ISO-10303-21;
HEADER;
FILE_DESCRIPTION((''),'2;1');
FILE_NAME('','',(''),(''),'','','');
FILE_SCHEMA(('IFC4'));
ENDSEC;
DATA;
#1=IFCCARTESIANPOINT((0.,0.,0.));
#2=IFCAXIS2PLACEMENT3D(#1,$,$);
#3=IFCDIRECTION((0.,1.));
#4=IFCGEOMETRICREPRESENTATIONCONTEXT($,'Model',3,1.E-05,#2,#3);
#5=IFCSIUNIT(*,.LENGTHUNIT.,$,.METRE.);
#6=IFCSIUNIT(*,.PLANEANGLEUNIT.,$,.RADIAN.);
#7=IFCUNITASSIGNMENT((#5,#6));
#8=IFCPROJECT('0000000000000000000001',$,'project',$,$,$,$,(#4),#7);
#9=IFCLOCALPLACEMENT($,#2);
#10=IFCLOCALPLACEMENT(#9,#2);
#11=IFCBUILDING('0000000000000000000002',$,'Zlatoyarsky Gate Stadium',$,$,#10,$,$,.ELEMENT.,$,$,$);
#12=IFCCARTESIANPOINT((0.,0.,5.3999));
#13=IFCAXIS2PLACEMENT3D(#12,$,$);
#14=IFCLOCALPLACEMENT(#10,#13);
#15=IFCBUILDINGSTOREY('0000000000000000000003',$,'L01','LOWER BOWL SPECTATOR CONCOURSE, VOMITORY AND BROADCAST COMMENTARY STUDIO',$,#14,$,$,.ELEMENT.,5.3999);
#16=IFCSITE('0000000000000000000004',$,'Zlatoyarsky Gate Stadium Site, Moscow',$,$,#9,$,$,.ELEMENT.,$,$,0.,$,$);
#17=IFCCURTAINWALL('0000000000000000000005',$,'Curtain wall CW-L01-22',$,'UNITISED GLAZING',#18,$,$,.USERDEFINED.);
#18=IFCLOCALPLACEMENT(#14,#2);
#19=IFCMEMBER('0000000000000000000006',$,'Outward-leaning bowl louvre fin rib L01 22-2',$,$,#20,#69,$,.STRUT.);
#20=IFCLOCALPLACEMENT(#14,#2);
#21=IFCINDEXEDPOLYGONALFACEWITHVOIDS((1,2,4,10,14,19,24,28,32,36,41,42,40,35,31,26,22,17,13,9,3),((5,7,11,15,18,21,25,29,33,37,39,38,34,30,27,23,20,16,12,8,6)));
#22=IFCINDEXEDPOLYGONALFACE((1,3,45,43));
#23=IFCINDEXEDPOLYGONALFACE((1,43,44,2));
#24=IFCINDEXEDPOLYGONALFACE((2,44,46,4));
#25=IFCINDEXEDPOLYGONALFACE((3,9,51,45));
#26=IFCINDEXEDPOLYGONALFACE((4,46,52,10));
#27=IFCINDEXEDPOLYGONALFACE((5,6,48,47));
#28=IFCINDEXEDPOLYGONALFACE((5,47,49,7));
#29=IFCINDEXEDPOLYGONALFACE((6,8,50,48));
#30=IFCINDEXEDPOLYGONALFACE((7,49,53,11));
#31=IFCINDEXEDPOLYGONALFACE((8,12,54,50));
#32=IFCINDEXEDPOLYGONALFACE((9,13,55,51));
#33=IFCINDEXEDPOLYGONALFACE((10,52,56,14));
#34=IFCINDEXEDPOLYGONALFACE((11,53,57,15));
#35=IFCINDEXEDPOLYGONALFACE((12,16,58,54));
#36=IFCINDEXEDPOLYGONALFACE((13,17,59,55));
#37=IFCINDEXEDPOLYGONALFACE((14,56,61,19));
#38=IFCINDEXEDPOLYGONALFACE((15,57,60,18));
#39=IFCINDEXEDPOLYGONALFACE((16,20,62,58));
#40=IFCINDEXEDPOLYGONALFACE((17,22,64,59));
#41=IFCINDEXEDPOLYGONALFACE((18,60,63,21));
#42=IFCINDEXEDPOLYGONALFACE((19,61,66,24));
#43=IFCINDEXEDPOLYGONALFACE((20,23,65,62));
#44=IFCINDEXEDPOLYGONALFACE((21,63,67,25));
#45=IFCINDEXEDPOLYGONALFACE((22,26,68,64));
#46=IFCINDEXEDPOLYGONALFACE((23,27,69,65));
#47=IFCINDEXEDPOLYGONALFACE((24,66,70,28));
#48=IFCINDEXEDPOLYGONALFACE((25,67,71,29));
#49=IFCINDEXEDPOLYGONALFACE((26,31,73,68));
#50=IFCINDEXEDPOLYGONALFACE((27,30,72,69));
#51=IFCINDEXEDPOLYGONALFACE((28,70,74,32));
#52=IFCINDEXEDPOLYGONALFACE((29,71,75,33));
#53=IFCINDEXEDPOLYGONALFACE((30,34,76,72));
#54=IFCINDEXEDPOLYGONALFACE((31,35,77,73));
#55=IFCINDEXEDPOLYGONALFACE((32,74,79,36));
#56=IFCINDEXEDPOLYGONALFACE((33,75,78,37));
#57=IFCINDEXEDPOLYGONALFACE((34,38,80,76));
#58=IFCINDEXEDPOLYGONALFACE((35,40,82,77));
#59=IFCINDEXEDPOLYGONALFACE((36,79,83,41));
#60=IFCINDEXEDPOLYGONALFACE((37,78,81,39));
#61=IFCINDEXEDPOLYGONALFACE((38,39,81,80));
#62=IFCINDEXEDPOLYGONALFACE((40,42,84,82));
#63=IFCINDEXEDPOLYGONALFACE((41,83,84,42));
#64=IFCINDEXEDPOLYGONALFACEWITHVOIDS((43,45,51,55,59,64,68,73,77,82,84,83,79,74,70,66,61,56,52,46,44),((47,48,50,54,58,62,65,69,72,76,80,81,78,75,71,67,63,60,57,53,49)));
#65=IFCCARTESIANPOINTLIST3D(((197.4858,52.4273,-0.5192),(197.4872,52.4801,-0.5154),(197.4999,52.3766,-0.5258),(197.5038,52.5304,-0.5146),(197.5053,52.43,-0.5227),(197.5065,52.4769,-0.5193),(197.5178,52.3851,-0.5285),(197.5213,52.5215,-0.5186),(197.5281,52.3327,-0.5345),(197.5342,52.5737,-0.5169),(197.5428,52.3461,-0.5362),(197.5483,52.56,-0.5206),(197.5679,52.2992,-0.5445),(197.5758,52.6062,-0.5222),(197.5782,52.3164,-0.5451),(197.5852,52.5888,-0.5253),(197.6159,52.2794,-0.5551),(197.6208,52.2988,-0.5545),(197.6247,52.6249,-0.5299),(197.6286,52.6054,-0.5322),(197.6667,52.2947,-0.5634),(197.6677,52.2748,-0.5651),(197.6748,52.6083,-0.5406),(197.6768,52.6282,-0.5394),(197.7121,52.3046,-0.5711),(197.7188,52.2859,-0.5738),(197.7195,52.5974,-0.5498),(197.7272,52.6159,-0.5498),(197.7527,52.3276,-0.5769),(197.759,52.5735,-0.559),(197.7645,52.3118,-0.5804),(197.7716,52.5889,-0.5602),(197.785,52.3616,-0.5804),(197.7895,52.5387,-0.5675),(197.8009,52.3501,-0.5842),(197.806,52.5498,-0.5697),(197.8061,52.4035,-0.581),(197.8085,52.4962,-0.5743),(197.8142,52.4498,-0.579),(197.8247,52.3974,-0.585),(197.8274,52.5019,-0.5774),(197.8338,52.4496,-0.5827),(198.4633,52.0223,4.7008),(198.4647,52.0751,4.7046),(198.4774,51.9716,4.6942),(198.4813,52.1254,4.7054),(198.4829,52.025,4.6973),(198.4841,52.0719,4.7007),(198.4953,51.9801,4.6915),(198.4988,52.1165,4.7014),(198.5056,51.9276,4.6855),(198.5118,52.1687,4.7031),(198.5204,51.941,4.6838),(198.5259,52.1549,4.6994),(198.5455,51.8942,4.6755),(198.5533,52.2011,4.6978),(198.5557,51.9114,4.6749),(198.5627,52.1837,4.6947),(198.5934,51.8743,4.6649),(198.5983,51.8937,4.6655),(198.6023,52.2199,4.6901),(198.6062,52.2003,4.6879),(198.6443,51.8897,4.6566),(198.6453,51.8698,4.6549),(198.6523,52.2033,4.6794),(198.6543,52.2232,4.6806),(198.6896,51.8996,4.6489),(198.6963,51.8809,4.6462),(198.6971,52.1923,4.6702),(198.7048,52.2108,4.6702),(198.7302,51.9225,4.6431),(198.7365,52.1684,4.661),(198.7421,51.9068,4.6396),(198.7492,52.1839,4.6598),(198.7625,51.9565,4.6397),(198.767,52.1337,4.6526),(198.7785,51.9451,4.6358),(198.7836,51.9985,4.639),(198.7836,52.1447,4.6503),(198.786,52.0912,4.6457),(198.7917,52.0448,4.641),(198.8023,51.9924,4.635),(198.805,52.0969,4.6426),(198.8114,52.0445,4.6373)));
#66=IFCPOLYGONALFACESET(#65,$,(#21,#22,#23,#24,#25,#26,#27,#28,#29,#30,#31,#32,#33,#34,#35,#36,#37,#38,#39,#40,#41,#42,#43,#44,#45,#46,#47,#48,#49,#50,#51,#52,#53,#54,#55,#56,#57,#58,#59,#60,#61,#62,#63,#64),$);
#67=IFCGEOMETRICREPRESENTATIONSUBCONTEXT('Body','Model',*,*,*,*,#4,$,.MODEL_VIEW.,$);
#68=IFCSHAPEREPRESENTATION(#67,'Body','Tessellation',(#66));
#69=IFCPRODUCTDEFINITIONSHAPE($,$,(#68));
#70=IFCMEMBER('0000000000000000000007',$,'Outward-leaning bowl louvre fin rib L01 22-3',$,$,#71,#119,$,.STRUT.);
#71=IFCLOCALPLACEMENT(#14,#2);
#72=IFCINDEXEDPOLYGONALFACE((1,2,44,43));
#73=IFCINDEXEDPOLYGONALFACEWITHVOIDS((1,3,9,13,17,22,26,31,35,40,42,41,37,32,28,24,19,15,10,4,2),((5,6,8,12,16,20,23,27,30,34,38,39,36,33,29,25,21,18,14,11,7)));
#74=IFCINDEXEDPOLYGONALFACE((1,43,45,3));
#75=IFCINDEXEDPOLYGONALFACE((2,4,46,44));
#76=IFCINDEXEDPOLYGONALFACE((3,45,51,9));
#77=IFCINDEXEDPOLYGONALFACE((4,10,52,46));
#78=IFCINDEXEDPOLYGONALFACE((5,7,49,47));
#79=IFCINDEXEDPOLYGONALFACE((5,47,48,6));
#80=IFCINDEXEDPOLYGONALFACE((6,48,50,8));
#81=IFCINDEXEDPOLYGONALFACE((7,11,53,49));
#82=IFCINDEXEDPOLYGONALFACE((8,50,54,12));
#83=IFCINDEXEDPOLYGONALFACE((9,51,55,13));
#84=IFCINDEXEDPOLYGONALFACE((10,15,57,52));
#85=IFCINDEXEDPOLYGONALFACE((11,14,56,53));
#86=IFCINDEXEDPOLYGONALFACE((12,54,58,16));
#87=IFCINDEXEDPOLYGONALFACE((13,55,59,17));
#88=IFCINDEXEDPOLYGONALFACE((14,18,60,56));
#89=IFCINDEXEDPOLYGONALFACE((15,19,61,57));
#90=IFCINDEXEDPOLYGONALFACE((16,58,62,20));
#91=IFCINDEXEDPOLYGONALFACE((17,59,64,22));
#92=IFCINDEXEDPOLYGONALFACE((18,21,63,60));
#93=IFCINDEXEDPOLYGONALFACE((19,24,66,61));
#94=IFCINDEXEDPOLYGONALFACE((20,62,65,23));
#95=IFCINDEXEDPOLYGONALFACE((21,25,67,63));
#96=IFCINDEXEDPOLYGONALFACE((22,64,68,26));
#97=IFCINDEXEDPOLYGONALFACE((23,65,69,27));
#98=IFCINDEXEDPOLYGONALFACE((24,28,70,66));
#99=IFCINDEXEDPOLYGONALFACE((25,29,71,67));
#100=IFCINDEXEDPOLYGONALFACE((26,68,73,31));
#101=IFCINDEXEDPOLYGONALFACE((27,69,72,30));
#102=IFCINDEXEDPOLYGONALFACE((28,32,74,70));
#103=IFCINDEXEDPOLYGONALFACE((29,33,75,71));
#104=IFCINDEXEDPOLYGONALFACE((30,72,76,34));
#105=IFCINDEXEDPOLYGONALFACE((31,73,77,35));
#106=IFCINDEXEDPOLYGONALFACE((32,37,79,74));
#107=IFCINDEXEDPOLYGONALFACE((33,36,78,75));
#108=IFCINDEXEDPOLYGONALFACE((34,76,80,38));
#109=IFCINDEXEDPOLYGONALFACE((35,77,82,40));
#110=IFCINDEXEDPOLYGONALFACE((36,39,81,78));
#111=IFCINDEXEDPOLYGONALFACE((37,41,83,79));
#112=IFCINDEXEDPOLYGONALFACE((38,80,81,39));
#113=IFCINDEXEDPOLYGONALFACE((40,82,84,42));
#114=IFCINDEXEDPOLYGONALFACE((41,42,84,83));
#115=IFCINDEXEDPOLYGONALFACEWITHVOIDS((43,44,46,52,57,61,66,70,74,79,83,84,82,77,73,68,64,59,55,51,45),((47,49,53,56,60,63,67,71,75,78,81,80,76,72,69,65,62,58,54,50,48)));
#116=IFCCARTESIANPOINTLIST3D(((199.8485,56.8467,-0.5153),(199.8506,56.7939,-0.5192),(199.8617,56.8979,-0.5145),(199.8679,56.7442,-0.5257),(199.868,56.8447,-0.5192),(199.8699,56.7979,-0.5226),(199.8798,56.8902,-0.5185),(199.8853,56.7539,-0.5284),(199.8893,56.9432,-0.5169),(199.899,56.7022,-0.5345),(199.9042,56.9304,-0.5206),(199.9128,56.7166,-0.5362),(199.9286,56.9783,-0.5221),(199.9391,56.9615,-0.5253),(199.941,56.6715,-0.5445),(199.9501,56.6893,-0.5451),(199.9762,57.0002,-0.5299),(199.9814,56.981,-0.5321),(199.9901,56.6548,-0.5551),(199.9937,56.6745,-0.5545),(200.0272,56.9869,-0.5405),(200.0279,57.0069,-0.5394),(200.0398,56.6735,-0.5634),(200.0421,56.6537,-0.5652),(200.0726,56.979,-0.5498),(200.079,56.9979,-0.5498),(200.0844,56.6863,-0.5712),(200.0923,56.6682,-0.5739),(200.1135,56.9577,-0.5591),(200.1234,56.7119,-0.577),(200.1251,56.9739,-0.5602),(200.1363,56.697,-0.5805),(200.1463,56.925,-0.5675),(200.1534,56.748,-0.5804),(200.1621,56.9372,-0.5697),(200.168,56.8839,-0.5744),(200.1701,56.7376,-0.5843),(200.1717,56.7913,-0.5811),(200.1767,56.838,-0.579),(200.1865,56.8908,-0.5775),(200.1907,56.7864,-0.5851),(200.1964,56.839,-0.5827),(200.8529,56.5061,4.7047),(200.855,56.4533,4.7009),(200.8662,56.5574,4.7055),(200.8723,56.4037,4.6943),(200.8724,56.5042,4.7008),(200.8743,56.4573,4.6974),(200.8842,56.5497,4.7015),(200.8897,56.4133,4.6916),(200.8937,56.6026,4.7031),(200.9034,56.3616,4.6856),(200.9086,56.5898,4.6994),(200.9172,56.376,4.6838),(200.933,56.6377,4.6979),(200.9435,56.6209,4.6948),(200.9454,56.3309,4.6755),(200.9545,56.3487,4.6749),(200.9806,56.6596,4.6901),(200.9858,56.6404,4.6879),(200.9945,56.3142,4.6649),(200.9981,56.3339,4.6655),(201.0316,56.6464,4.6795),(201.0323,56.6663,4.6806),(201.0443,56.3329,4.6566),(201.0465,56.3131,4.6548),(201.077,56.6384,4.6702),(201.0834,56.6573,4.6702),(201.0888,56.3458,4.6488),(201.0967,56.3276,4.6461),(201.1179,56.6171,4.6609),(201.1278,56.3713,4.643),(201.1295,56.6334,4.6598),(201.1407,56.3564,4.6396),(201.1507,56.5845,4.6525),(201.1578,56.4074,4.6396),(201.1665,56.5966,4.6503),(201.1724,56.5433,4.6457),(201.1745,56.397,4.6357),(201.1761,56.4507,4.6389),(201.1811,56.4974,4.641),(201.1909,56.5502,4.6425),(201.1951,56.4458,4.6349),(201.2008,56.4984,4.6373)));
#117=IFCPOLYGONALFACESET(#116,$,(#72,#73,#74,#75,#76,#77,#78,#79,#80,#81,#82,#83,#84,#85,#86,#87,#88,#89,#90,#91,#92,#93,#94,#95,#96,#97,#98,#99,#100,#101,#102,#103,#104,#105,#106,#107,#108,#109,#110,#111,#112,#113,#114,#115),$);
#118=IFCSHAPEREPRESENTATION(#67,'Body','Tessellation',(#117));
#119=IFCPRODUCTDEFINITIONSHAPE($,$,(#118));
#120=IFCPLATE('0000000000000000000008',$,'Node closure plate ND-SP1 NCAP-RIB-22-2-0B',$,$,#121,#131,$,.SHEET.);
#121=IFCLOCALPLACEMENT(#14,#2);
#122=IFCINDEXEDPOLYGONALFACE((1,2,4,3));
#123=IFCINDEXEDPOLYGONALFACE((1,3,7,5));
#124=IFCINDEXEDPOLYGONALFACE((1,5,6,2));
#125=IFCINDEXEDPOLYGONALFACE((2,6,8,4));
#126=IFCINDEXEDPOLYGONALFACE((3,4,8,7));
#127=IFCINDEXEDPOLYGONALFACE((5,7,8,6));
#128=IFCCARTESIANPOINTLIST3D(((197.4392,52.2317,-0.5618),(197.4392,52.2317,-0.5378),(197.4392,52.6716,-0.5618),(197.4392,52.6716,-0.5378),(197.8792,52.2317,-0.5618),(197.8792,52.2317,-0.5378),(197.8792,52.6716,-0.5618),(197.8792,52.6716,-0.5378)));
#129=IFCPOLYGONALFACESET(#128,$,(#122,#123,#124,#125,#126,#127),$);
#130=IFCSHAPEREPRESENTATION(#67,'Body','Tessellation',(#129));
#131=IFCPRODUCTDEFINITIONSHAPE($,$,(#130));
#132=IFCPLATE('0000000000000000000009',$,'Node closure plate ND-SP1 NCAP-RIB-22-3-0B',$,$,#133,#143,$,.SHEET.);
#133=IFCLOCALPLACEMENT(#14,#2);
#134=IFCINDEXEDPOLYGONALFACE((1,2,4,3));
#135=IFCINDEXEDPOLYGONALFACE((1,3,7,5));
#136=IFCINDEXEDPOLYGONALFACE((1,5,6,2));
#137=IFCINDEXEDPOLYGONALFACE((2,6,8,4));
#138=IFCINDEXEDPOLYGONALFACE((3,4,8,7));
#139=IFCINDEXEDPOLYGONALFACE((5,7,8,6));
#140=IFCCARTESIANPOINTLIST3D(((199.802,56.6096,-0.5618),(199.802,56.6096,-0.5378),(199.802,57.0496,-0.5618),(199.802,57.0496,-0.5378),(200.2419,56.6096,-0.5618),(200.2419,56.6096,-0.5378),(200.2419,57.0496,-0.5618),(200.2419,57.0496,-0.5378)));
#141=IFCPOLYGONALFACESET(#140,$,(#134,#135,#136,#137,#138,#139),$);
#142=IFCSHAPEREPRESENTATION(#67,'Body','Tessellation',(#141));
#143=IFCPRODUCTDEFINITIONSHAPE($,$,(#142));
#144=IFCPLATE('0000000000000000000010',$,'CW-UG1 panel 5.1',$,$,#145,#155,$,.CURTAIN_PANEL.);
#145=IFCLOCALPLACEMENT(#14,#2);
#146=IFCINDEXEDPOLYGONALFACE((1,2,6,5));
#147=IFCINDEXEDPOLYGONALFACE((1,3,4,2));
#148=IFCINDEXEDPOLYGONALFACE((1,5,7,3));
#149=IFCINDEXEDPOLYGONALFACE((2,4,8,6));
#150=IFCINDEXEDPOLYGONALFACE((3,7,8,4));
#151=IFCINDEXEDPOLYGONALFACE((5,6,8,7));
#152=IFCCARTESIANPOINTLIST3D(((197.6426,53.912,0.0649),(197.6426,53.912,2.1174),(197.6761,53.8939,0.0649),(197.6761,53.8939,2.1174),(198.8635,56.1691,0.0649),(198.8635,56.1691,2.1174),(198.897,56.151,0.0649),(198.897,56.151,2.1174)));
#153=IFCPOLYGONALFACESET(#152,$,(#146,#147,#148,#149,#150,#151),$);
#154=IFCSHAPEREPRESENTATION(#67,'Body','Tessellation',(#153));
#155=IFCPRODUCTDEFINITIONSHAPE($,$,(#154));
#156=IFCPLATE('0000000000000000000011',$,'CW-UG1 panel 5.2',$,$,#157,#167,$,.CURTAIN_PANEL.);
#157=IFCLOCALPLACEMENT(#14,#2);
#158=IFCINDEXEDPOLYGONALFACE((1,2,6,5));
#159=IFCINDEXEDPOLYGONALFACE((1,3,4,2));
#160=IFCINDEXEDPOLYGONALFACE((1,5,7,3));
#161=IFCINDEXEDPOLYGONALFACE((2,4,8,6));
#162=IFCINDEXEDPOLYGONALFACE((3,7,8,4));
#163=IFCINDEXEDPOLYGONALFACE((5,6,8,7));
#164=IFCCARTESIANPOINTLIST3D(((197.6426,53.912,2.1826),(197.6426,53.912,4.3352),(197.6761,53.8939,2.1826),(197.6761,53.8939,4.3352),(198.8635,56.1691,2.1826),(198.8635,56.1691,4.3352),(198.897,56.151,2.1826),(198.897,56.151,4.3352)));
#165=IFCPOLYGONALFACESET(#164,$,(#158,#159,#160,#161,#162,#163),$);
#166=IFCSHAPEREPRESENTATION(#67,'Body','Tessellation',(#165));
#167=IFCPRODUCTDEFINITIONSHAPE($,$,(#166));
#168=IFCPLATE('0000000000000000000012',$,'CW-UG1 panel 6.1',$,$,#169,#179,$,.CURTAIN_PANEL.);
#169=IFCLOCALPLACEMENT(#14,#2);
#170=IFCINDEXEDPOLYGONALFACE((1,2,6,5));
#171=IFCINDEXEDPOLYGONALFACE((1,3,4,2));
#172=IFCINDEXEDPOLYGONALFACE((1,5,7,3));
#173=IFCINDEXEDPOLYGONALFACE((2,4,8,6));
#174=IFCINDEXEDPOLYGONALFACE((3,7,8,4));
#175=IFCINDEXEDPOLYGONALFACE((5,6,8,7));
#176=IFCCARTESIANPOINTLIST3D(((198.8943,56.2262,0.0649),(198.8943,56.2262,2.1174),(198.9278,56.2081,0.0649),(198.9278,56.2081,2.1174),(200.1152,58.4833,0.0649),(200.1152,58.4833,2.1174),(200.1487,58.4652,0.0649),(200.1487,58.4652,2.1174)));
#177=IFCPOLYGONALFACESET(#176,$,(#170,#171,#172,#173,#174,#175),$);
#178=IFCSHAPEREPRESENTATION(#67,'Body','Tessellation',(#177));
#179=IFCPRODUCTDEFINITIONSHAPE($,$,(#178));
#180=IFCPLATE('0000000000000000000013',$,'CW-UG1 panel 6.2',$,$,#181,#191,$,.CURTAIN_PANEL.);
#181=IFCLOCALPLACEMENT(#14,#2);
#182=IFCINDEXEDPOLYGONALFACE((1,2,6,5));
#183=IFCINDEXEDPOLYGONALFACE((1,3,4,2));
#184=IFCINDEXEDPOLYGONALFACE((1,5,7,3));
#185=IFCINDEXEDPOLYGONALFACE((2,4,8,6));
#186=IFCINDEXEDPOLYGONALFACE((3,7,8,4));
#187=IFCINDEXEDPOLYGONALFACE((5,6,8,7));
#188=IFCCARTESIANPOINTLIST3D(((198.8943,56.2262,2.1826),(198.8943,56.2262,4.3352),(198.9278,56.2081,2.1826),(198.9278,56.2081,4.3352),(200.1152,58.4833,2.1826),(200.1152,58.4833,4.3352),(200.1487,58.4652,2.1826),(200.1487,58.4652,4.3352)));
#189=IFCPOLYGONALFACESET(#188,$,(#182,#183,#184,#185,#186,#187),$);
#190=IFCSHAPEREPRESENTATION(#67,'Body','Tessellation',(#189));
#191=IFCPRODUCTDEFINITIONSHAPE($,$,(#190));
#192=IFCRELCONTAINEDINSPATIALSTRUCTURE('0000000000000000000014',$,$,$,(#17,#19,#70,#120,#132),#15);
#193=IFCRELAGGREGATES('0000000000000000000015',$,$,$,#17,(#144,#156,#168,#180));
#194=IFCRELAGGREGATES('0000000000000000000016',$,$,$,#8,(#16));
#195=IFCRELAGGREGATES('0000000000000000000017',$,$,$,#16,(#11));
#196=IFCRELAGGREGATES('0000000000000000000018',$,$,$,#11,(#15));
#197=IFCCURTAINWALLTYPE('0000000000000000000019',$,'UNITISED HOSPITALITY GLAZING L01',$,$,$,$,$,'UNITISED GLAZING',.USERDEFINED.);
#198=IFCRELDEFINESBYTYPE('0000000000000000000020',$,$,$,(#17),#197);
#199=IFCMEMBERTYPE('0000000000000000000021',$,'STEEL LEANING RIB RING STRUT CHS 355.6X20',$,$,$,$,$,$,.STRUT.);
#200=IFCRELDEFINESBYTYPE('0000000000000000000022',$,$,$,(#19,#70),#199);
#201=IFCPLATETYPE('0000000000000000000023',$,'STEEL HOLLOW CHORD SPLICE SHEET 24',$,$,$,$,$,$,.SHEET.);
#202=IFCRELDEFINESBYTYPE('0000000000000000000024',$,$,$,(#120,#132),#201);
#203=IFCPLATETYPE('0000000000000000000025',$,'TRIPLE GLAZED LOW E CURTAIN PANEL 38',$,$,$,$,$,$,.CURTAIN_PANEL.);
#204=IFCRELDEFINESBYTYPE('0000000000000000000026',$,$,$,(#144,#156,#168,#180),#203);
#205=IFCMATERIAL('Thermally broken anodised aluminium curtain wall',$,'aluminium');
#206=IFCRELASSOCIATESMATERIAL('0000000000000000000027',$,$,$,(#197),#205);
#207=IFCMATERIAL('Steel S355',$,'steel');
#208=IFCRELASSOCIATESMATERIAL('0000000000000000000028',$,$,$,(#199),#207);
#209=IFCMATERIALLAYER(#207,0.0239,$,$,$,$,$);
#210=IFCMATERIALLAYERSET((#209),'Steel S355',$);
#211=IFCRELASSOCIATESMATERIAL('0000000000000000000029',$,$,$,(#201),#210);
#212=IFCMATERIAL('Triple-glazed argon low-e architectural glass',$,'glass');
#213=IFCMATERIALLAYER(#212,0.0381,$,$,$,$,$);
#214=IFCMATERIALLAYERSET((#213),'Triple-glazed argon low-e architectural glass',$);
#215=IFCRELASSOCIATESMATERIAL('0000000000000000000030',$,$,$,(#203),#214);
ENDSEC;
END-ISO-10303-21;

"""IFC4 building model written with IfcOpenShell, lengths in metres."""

from ifc_helpers import new_model, si_unit, direction, frame, origin, origin_2d, place, context, subcontext, project, spatial, rectangle, hollow_circle, extrude, material, layer, layer_set, material_profile, profile_set, type_object, element, aggregate, save


model = new_model("IFC4")

# Units and contexts
model_context = context("Model", 3, precision=1e-05, world=origin(), true_north=direction((0.0, 1.0)))
body_context = subcontext(model_context, "Body", "Model", "MODEL_VIEW")
ifc_project = project(units=[si_unit("LENGTHUNIT", "METRE"), si_unit("PLANEANGLEUNIT", "RADIAN")], contexts=[model_context])

# Site, building, storey
site_placement = place(None, origin())
site = spatial("IfcSite", under=ifc_project, at=site_placement, Name="Zlatoyarsky Gate Stadium Site, Moscow", CompositionType="ELEMENT", RefElevation=0.0)
building_placement = place(site_placement, origin())
building = spatial("IfcBuilding", under=site, at=building_placement, Name="Zlatoyarsky Gate Stadium", CompositionType="ELEMENT")
storey_placement = place(building_placement, frame((0.0, 0.0, 5.3999)))
storey = spatial("IfcBuildingStorey", under=building, at=storey_placement, Name="L01", Description="LOWER BOWL SPECTATOR CONCOURSE, VOMITORY AND BROADCAST COMMENTARY STUDIO", CompositionType="ELEMENT", Elevation=5.3999)

# Curtain wall
ifc_material_1 = material(Name="Thermally broken anodised aluminium curtain wall", Category="aluminium")
curtain_wall_type = type_object("IfcCurtainWallType", Name="UNITISED HOSPITALITY GLAZING L01", ElementType="UNITISED GLAZING", PredefinedType="USERDEFINED", material=ifc_material_1)
curtain_wall_placement = place(storey_placement, origin())
curtain_wall = element("IfcCurtainWall", 1, at=curtain_wall_placement, inside=storey, type_object=curtain_wall_type, Name="Curtain wall CW-L01-22", ObjectType="UNITISED GLAZING", PredefinedType="USERDEFINED")

# Members
ifc_material_2 = material(Name="Steel S355", Category="steel")
ifc_material_profile_1 = material_profile(ifc_material_2, hollow_circle(Radius=0.1777, WallThickness=0.02, at=origin_2d()), Name="CHS 355.6X20")
ifc_profile_set_1 = profile_set([ifc_material_profile_1], Name="Steel S355")
member_type_1 = type_object("IfcMemberType", Name="STEEL LEANING RIB RING STRUT CHS 355.6X20", PredefinedType="STRUT", material=ifc_profile_set_1)
member_1_placement = place(storey_placement, frame((197.6592, 52.4517, -0.5498), z_axis=(0.183536, -0.076046, 0.980067), x_axis=(0.38278, 0.92384, 0.0)))
element("IfcMember", 2, at=member_1_placement, inside=storey, type_object=member_type_1, Name="Outward-leaning bowl louvre fin rib L01 22-2", PredefinedType="STRUT", context=body_context, shape_type="SweptSolid", body=[
    extrude(hollow_circle(Radius=0.1777, WallThickness=0.02, at=origin_2d()), origin(), (0.0, 0.0, 1.0), 5.3262),
])
member_2_placement = place(storey_placement, frame((200.022, 56.8296, -0.5498), z_axis=(0.188561, -0.063938, 0.979978), x_axis=(0.321127, 0.947036, 0.0)))
element("IfcMember", 3, at=member_2_placement, inside=storey, type_object=member_type_1, Name="Outward-leaning bowl louvre fin rib L01 22-3", PredefinedType="STRUT", context=body_context, shape_type="SweptSolid", body=[
    extrude(hollow_circle(Radius=0.1777, WallThickness=0.02, at=origin_2d()), origin(), (0.0, 0.0, 1.0), 5.3267),
])

# Plates
ifc_layer_1 = layer(ifc_material_2, 0.0239)
ifc_layer_set_1 = layer_set([ifc_layer_1], Name="Steel S355")
plate_type_1 = type_object("IfcPlateType", Name="STEEL HOLLOW CHORD SPLICE SHEET 24", PredefinedType="SHEET", material=ifc_layer_set_1)
for number, where, z_axis, x_axis, name in (
    (4, (197.6592, 52.4517, -0.5618), (0.0, 0.0, 1.0), (1.0, 0.0, 0.0), "Node closure plate ND-SP1 NCAP-RIB-22-2-0B"),
    (5, (200.022, 56.8296, -0.5618), (0.0, 0.0, 1.0), (1.0, 0.0, 0.0), "Node closure plate ND-SP1 NCAP-RIB-22-3-0B"),
):
    element("IfcPlate", number, at=place(storey_placement, frame(where, z_axis=z_axis, x_axis=x_axis)), inside=storey, type_object=plate_type_1, Name=name, PredefinedType="SHEET", context=body_context, shape_type="SweptSolid", body=[
        extrude(rectangle(XDim=0.4399, YDim=0.4399, at=origin_2d()), origin(), (0.0, 0.0, 1.0), 0.0239),
    ])

# Plates
ifc_material_3 = material(Name="Triple-glazed argon low-e architectural glass", Category="glass")
ifc_layer_2 = layer(ifc_material_3, 0.0381)
ifc_layer_set_2 = layer_set([ifc_layer_2], Name="Triple-glazed argon low-e architectural glass")
plate_type_2 = type_object("IfcPlateType", Name="TRIPLE GLAZED LOW E CURTAIN PANEL 38", PredefinedType="CURTAIN_PANEL", material=ifc_layer_set_2)
plate_1_placement = place(storey_placement, frame((198.2698, 55.0315, 0.0649), z_axis=(0.0, 0.0, 1.0), x_axis=(0.475784, 0.879562, 0.0)))
plate_1 = element("IfcPlate", 6, at=plate_1_placement, type_object=plate_type_2, Name="CW-UG1 panel 5.1", PredefinedType="CURTAIN_PANEL", context=body_context, shape_type="SweptSolid", body=[
    extrude(rectangle(XDim=2.5662, YDim=0.0381, at=origin_2d()), origin(), (0.0, 0.0, 1.0), 2.0525),
])
plate_2_placement = place(storey_placement, frame((198.2698, 55.0315, 2.1826), z_axis=(0.0, 0.0, 1.0), x_axis=(0.475784, 0.879562, 0.0)))
plate_2 = element("IfcPlate", 7, at=plate_2_placement, type_object=plate_type_2, Name="CW-UG1 panel 5.2", PredefinedType="CURTAIN_PANEL", context=body_context, shape_type="SweptSolid", body=[
    extrude(rectangle(XDim=2.5662, YDim=0.0381, at=origin_2d()), origin(), (0.0, 0.0, 1.0), 2.1526),
])
plate_3_placement = place(storey_placement, frame((199.5215, 57.3457, 0.0649), z_axis=(0.0, 0.0, 1.0), x_axis=(0.475784, 0.879562, 0.0)))
plate_3 = element("IfcPlate", 8, at=plate_3_placement, type_object=plate_type_2, Name="CW-UG1 panel 6.1", PredefinedType="CURTAIN_PANEL", context=body_context, shape_type="SweptSolid", body=[
    extrude(rectangle(XDim=2.5662, YDim=0.0381, at=origin_2d()), origin(), (0.0, 0.0, 1.0), 2.0525),
])
plate_4_placement = place(storey_placement, frame((199.5215, 57.3457, 2.1826), z_axis=(0.0, 0.0, 1.0), x_axis=(0.475784, 0.879562, 0.0)))
plate_4 = element("IfcPlate", 9, at=plate_4_placement, type_object=plate_type_2, Name="CW-UG1 panel 6.2", PredefinedType="CURTAIN_PANEL", context=body_context, shape_type="SweptSolid", body=[
    extrude(rectangle(XDim=2.5662, YDim=0.0381, at=origin_2d()), origin(), (0.0, 0.0, 1.0), 2.1526),
])
aggregate(curtain_wall, [plate_1, plate_2, plate_3, plate_4])

save(model, "model.ifc")
